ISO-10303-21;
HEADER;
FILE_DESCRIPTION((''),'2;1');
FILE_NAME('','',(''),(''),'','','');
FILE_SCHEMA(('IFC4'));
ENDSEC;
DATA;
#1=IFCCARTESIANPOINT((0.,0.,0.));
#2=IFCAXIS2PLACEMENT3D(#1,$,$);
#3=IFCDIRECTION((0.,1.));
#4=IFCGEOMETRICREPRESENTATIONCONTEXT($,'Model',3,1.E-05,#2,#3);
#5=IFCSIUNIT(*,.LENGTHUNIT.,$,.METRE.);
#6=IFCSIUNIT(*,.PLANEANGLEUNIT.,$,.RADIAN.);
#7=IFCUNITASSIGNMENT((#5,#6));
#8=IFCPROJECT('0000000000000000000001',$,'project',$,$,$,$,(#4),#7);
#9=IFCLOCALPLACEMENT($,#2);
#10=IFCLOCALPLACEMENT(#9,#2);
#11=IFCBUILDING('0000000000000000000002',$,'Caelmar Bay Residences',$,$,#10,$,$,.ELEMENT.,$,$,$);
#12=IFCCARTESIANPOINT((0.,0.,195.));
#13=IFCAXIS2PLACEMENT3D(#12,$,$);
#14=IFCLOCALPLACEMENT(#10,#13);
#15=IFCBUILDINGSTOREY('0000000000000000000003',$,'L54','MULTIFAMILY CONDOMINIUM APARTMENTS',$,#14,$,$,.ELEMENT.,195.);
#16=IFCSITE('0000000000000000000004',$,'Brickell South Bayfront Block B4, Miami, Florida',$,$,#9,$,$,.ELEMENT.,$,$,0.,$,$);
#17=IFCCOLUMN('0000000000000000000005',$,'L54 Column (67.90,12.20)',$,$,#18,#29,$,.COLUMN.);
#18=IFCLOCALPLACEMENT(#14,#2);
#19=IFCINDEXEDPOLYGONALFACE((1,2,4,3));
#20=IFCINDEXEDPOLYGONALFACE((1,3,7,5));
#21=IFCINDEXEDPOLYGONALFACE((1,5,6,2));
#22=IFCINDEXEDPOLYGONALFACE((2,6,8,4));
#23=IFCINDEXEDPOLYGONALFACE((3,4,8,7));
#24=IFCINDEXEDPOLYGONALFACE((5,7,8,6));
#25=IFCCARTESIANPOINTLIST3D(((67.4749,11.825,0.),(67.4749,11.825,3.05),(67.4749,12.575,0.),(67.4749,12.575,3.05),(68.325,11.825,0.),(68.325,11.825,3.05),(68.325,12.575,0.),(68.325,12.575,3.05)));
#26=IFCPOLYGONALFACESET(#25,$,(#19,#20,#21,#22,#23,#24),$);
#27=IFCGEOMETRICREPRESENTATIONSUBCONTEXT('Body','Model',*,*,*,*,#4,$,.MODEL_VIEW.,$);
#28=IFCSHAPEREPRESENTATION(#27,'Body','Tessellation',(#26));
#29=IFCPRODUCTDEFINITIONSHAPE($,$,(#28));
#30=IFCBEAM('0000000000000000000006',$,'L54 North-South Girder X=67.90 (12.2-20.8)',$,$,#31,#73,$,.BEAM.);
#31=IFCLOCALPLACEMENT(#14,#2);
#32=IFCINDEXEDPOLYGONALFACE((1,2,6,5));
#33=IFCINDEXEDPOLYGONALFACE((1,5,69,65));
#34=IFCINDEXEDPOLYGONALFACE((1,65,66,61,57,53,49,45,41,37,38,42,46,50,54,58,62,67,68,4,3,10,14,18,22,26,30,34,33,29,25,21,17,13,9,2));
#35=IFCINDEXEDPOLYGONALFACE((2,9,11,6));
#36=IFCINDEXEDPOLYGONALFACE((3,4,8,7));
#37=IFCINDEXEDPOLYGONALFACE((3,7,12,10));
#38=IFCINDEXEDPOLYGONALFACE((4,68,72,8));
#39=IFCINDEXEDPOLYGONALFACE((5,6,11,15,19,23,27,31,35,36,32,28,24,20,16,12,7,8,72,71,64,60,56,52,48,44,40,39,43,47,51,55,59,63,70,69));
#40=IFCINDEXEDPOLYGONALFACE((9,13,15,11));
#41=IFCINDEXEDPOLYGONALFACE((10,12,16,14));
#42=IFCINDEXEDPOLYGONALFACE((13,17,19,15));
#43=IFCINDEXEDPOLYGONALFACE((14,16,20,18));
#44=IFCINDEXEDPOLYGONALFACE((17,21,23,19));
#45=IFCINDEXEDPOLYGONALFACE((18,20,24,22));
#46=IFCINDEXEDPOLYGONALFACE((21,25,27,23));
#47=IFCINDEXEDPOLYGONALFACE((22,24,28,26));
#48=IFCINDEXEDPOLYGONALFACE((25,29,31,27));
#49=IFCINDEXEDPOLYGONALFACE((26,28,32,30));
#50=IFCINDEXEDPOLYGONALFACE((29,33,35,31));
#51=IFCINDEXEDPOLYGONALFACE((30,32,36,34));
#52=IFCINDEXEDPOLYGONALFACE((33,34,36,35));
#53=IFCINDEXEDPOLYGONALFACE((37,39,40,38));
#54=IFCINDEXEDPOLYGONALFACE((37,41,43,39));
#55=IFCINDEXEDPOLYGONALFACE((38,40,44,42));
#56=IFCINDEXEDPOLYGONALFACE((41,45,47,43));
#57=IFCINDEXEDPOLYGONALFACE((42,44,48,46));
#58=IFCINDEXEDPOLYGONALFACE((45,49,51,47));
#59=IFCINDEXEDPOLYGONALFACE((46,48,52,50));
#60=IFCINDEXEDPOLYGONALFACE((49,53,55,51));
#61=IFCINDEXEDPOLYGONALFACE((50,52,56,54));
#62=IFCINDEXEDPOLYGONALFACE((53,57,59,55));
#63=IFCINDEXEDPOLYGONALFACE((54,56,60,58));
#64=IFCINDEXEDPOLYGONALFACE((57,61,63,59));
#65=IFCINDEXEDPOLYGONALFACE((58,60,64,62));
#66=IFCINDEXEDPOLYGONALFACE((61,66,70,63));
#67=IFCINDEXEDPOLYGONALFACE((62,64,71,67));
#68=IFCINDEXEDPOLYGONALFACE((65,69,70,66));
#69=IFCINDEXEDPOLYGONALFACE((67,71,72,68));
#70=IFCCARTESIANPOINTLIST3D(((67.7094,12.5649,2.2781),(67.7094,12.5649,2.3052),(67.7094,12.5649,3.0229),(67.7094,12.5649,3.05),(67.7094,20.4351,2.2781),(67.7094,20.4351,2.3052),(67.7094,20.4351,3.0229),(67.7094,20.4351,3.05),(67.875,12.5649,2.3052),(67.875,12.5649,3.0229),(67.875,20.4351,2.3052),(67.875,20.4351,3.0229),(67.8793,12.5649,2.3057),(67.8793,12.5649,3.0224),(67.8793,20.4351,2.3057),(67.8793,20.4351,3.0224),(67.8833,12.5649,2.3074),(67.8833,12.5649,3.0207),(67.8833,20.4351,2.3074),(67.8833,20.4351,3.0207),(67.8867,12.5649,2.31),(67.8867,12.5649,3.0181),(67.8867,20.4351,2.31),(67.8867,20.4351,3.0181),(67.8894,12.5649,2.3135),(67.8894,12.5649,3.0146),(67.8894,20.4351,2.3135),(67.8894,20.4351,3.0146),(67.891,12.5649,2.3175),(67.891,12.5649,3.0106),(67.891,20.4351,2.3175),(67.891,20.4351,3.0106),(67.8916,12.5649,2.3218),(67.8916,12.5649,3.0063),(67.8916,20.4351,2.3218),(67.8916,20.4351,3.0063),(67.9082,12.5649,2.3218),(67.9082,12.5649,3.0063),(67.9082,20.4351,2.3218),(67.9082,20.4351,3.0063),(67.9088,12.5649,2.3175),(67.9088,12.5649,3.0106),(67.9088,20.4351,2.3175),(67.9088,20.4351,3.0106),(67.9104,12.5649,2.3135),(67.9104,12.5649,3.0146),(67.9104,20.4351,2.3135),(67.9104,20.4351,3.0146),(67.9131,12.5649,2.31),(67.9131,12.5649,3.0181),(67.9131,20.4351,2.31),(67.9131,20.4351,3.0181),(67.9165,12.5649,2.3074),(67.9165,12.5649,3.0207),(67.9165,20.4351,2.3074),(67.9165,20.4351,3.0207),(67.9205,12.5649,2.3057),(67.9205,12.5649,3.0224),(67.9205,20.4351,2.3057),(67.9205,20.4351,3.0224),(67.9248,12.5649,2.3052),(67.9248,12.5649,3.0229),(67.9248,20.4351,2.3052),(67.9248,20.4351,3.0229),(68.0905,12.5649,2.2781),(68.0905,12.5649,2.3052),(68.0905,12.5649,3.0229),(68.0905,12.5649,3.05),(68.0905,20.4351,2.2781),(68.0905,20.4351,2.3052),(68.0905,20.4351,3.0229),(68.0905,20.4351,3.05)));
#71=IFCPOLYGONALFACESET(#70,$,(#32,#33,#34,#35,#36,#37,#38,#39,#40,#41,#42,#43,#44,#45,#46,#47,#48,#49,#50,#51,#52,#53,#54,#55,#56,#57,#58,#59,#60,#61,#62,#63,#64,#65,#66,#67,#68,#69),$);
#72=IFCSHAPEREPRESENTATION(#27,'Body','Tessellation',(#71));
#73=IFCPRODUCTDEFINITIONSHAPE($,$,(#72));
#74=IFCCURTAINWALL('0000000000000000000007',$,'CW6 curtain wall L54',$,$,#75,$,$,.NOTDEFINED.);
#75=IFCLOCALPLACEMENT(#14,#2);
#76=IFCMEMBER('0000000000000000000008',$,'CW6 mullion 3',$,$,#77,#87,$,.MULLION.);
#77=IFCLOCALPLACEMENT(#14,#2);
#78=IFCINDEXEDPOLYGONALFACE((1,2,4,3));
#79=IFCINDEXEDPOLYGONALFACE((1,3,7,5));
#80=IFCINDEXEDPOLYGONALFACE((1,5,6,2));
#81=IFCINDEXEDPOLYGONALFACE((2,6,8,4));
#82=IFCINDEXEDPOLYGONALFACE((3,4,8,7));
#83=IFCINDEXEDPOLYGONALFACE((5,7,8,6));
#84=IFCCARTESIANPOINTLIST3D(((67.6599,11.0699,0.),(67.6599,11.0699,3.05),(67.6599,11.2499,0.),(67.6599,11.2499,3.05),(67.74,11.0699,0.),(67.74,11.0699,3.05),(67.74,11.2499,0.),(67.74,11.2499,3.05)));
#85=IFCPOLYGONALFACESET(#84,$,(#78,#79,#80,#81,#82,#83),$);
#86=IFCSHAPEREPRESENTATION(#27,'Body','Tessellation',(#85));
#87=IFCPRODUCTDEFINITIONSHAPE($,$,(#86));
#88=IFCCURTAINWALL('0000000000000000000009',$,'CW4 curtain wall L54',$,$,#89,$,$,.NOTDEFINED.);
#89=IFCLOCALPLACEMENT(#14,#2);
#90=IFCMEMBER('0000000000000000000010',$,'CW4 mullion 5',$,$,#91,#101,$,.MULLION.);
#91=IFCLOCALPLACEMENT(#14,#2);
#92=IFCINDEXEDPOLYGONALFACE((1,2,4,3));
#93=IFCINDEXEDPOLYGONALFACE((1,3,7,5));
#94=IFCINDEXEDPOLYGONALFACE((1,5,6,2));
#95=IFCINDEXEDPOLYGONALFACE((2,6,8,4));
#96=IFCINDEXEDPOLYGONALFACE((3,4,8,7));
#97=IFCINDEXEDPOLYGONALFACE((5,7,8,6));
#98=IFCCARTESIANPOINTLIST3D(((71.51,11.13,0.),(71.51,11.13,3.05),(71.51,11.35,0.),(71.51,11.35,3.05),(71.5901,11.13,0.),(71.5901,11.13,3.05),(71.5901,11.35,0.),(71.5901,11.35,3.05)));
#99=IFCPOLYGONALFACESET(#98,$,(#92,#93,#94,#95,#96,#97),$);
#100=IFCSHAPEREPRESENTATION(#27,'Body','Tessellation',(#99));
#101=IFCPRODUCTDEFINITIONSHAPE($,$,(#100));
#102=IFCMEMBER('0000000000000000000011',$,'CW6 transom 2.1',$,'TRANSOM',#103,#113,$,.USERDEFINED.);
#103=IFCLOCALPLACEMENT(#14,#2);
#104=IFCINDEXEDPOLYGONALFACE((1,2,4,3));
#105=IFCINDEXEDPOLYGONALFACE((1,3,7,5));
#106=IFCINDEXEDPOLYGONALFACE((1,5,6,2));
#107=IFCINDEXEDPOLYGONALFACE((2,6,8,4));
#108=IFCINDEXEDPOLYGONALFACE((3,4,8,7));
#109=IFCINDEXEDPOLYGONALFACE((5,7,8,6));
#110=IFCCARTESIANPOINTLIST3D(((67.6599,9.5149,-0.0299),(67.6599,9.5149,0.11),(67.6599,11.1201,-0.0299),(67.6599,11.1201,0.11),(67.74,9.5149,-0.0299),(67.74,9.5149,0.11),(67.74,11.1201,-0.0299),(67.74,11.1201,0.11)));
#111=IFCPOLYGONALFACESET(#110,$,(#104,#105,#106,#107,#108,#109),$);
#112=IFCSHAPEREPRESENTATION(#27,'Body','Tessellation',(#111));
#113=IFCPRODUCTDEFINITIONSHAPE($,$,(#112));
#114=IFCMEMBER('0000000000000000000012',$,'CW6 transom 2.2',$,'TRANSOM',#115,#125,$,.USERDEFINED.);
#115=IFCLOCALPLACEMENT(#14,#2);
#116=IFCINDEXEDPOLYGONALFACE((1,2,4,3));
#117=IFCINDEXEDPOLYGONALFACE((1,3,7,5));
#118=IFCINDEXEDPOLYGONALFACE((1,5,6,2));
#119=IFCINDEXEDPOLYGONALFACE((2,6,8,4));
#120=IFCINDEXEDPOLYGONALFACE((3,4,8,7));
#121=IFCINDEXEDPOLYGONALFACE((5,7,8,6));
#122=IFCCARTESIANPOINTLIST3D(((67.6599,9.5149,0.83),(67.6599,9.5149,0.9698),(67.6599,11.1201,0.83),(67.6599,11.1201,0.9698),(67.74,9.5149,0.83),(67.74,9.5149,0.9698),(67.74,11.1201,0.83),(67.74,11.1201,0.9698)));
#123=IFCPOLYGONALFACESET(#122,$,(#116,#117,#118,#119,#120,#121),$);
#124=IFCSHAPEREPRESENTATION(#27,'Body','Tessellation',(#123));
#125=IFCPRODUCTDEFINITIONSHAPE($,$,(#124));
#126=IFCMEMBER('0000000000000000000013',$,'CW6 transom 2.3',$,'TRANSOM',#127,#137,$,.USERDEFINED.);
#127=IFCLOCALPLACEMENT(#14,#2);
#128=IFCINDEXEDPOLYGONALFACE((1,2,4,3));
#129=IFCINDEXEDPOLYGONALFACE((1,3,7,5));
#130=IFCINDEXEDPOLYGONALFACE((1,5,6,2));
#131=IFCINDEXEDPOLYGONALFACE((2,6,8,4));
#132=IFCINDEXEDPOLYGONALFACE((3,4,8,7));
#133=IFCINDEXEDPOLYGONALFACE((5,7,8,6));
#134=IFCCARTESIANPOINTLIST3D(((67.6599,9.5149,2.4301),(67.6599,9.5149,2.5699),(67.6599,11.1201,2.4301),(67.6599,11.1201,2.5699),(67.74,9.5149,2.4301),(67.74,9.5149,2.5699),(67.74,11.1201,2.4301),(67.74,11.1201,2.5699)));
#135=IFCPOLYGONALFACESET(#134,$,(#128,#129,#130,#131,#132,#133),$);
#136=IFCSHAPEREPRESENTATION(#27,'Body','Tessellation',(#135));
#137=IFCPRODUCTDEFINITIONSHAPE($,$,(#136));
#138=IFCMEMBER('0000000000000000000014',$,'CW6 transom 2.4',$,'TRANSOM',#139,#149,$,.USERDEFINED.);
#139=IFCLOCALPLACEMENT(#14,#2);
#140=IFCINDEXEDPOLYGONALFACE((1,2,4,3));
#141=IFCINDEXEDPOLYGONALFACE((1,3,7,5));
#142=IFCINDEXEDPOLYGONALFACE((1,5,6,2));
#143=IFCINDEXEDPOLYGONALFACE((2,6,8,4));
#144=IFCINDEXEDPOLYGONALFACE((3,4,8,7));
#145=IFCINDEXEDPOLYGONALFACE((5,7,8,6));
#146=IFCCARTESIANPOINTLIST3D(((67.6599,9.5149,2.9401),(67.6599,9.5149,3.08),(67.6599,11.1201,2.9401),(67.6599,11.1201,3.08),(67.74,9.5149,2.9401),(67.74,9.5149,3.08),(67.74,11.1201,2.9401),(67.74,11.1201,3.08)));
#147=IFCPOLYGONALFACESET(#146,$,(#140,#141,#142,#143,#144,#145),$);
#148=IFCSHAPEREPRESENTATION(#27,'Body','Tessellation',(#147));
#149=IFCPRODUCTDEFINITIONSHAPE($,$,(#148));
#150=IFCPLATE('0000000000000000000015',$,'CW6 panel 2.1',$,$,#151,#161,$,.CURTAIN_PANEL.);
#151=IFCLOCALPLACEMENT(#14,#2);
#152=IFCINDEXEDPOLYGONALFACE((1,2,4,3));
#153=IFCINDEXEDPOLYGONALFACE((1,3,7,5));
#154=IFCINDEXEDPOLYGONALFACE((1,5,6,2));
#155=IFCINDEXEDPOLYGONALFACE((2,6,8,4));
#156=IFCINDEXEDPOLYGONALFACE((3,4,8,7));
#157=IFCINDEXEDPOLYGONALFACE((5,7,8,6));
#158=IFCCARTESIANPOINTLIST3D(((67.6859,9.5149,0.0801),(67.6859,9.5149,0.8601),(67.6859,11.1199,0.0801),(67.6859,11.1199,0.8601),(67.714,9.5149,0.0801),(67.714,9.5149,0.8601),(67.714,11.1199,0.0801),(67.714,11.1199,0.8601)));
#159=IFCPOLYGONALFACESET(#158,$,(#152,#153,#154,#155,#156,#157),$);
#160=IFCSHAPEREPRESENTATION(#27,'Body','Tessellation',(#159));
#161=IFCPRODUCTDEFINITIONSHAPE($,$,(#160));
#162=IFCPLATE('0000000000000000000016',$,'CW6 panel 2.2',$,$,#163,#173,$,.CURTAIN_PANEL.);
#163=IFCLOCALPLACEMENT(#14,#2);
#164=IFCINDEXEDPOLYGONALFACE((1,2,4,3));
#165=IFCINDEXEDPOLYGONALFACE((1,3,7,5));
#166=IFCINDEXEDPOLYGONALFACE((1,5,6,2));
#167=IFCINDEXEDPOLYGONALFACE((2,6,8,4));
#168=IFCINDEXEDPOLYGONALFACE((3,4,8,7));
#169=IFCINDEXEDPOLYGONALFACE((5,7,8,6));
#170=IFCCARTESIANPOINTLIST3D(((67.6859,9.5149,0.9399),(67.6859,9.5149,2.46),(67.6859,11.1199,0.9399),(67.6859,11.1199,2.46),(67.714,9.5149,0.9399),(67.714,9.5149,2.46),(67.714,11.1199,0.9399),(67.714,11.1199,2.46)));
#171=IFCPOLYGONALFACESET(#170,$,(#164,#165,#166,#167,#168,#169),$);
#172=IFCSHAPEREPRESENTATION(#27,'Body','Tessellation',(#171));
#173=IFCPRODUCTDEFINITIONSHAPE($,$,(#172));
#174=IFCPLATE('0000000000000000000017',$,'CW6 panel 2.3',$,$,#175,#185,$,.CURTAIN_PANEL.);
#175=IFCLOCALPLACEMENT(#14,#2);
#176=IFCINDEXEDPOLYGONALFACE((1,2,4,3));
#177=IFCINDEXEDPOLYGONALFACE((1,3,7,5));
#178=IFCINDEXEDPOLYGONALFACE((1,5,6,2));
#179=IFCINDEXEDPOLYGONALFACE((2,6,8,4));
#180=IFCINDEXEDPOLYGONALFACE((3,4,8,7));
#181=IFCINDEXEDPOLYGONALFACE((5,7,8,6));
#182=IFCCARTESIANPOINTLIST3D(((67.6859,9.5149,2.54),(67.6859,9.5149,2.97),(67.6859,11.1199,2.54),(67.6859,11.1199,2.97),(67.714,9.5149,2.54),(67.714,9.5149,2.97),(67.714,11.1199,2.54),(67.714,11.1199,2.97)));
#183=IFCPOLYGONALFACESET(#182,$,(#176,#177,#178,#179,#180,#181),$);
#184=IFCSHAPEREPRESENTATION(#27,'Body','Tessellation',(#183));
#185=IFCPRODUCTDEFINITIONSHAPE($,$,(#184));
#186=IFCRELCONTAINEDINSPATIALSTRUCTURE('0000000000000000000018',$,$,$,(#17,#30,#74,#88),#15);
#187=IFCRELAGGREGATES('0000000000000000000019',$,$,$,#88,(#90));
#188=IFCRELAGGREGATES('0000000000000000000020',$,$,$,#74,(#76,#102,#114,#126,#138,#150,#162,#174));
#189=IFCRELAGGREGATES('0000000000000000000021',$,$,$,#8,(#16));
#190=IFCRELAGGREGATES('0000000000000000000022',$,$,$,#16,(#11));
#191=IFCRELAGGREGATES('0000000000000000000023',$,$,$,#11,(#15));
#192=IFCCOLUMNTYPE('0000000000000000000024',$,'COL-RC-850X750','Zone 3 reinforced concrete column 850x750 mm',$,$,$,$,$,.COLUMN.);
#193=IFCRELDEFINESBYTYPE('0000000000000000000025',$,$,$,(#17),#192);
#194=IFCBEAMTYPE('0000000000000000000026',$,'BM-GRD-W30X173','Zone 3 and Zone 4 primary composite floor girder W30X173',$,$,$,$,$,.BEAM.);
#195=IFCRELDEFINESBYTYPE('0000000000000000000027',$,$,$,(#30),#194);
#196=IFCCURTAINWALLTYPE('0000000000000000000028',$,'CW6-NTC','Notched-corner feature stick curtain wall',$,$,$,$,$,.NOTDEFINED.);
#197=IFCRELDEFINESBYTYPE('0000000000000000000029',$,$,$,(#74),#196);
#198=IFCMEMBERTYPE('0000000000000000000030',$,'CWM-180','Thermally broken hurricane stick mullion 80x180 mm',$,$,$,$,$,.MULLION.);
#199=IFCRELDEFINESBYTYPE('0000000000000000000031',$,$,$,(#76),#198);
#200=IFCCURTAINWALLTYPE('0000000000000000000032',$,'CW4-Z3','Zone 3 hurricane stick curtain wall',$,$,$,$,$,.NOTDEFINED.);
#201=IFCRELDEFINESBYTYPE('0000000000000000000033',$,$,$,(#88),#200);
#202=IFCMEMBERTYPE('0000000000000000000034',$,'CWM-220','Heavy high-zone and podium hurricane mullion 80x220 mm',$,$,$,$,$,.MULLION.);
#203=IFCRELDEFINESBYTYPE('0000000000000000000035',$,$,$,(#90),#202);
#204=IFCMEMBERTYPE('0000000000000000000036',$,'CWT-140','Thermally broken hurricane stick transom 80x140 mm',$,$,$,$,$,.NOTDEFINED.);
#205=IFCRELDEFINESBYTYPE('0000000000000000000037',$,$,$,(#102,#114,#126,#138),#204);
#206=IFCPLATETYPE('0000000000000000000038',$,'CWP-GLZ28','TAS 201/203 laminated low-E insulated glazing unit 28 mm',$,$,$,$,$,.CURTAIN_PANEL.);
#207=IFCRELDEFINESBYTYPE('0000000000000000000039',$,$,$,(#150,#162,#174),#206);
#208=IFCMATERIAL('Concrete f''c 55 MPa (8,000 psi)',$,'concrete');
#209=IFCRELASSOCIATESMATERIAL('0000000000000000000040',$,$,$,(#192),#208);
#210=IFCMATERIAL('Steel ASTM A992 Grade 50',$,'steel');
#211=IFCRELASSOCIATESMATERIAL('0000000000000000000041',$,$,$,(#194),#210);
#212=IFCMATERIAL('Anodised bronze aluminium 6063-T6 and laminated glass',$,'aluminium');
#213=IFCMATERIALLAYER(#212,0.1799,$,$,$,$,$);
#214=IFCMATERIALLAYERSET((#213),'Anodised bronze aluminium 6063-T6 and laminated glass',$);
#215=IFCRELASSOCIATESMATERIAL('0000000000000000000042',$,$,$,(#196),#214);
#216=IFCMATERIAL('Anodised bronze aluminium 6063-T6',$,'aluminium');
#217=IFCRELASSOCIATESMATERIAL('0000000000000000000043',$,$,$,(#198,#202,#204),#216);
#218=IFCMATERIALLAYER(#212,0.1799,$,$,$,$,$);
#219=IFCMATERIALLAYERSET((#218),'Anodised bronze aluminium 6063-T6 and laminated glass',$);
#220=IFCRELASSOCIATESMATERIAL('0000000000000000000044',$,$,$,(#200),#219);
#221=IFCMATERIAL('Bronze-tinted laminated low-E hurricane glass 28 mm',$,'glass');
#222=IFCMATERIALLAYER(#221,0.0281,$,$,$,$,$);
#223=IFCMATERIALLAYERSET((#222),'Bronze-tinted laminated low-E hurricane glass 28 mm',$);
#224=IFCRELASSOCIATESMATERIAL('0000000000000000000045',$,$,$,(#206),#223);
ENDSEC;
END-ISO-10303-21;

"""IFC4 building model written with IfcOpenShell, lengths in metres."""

from ifc_helpers import new_model, si_unit, direction, frame, origin, origin_2d, place, context, subcontext, project, spatial, rectangle, i_section, extrude, material, layer, layer_set, material_profile, profile_set, type_object, element, aggregate, save


model = new_model("IFC4")

# Units and contexts
model_context = context("Model", 3, precision=1e-05, world=origin(), true_north=direction((0.0, 1.0)))
body_context = subcontext(model_context, "Body", "Model", "MODEL_VIEW")
ifc_project = project(units=[si_unit("LENGTHUNIT", "METRE"), si_unit("PLANEANGLEUNIT", "RADIAN")], contexts=[model_context])

# Site, building, storey
site_placement = place(None, origin())
site = spatial("IfcSite", under=ifc_project, at=site_placement, Name="Brickell South Bayfront Block B4, Miami, Florida", CompositionType="ELEMENT", RefElevation=0.0)
building_placement = place(site_placement, origin())
building = spatial("IfcBuilding", under=site, at=building_placement, Name="Caelmar Bay Residences", CompositionType="ELEMENT")
storey_placement = place(building_placement, frame((0.0, 0.0, 195.0)))
storey = spatial("IfcBuildingStorey", under=building, at=storey_placement, Name="L54", Description="MULTIFAMILY CONDOMINIUM APARTMENTS", CompositionType="ELEMENT", Elevation=195.0)

# Column
ifc_material_1 = material(Name="Concrete f'c 55 MPa (8,000 psi)", Category="concrete")
ifc_material_profile_1 = material_profile(ifc_material_1, rectangle(XDim=0.8501, YDim=0.75, at=origin_2d()), Name="RC-COL-850X750")
ifc_profile_set_1 = profile_set([ifc_material_profile_1], Name="Concrete f'c 55 MPa (8,000 psi)")
column_type = type_object("IfcColumnType", Name="COL-RC-850X750", Description="Zone 3 reinforced concrete column 850x750 mm", PredefinedType="COLUMN", material=ifc_profile_set_1)
column_placement = place(storey_placement, frame((67.8999, 12.2, 0.0), z_axis=(0.0, 0.0, 1.0), x_axis=(1.0, 0.0, 0.0)))
element("IfcColumn", 1, at=column_placement, inside=storey, type_object=column_type, Name="L54 Column (67.90,12.20)", PredefinedType="COLUMN", context=body_context, shape_type="SweptSolid", body=[
    extrude(rectangle(XDim=0.8501, YDim=0.75, at=origin_2d()), origin(), (0.0, 0.0, 1.0), 3.05),
])

# Beam
ifc_material_2 = material(Name="Steel ASTM A992 Grade 50", Category="steel")
ifc_material_profile_2 = material_profile(ifc_material_2, i_section(OverallWidth=0.3811, OverallDepth=0.772, WebThickness=0.0166, FlangeThickness=0.0271, FilletRadius=0.0166, at=origin_2d()), Name="W30X173")
ifc_profile_set_2 = profile_set([ifc_material_profile_2], Name="Steel ASTM A992 Grade 50")
beam_type = type_object("IfcBeamType", Name="BM-GRD-W30X173", Description="Zone 3 and Zone 4 primary composite floor girder W30X173", PredefinedType="BEAM", material=ifc_profile_set_2)
beam_placement = place(storey_placement, frame((67.8999, 12.5649, 2.6641), z_axis=(0.0, 1.0, 0.0), x_axis=(-1.0, 0.0, 0.0)))
element("IfcBeam", 2, at=beam_placement, inside=storey, type_object=beam_type, Name="L54 North-South Girder X=67.90 (12.2-20.8)", PredefinedType="BEAM", context=body_context, shape_type="SweptSolid", body=[
    extrude(i_section(OverallWidth=0.3811, OverallDepth=0.772, WebThickness=0.0166, FlangeThickness=0.0271, FilletRadius=0.0166, at=origin_2d()), origin(), (0.0, 0.0, 1.0), 7.8701),
])

# Curtain walls, members
ifc_material_3 = material(Name="Anodised bronze aluminium 6063-T6 and laminated glass", Category="aluminium")
ifc_layer_1 = layer(ifc_material_3, 0.1799)
ifc_layer_set_1 = layer_set([ifc_layer_1], Name="Anodised bronze aluminium 6063-T6 and laminated glass")
curtain_wall_type_1 = type_object("IfcCurtainWallType", Name="CW6-NTC", Description="Notched-corner feature stick curtain wall", PredefinedType="NOTDEFINED", material=ifc_layer_set_1)
curtain_wall_1_placement = place(storey_placement, origin())
curtain_wall_1 = element("IfcCurtainWall", 3, at=curtain_wall_1_placement, inside=storey, type_object=curtain_wall_type_1, Name="CW6 curtain wall L54", PredefinedType="NOTDEFINED")
ifc_material_4 = material(Name="Anodised bronze aluminium 6063-T6", Category="aluminium")
ifc_material_profile_3 = material_profile(ifc_material_4, rectangle(XDim=0.0801, YDim=0.1799, at=origin_2d()), Name="CWM-80X180")
ifc_profile_set_3 = profile_set([ifc_material_profile_3], Name="Anodised bronze aluminium 6063-T6")
member_type_1 = type_object("IfcMemberType", Name="CWM-180", Description="Thermally broken hurricane stick mullion 80x180 mm", PredefinedType="MULLION", material=ifc_profile_set_3)
member_1_placement = place(storey_placement, frame((67.7, 11.1599, 0.0), z_axis=(0.0, 0.0, 1.0), x_axis=(-1.0, 0.0, 0.0)))
member_1 = element("IfcMember", 4, at=member_1_placement, type_object=member_type_1, Name="CW6 mullion 3", PredefinedType="MULLION", context=body_context, shape_type="SweptSolid", body=[
    extrude(rectangle(XDim=0.0801, YDim=0.1799, at=origin_2d()), origin(), (0.0, 0.0, 1.0), 3.05),
])
ifc_layer_2 = layer(ifc_material_3, 0.1799)
ifc_layer_set_2 = layer_set([ifc_layer_2], Name="Anodised bronze aluminium 6063-T6 and laminated glass")
curtain_wall_type_2 = type_object("IfcCurtainWallType", Name="CW4-Z3", Description="Zone 3 hurricane stick curtain wall", PredefinedType="NOTDEFINED", material=ifc_layer_set_2)
curtain_wall_2_placement = place(storey_placement, origin())
curtain_wall_2 = element("IfcCurtainWall", 5, at=curtain_wall_2_placement, inside=storey, type_object=curtain_wall_type_2, Name="CW4 curtain wall L54", PredefinedType="NOTDEFINED")
ifc_material_profile_4 = material_profile(ifc_material_4, rectangle(XDim=0.0801, YDim=0.22, at=origin_2d()), Name="CWM-80X220")
ifc_profile_set_4 = profile_set([ifc_material_profile_4], Name="Anodised bronze aluminium 6063-T6")
member_type_2 = type_object("IfcMemberType", Name="CWM-220", Description="Heavy high-zone and podium hurricane mullion 80x220 mm", PredefinedType="MULLION", material=ifc_profile_set_4)
member_2_placement = place(storey_placement, frame((71.55, 11.24, 0.0), z_axis=(0.0, 0.0, 1.0), x_axis=(1.0, 0.0, 0.0)))
member_2 = element("IfcMember", 6, at=member_2_placement, type_object=member_type_2, Name="CW4 mullion 5", PredefinedType="MULLION", context=body_context, shape_type="SweptSolid", body=[
    extrude(rectangle(XDim=0.0801, YDim=0.22, at=origin_2d()), origin(), (0.0, 0.0, 1.0), 3.05),
])
aggregate(curtain_wall_2, [member_2])

# Members
ifc_material_profile_5 = material_profile(ifc_material_4, rectangle(XDim=0.0801, YDim=0.1399, at=origin_2d()), Name="CWT-80X140")
ifc_profile_set_5 = profile_set([ifc_material_profile_5], Name="Anodised bronze aluminium 6063-T6")
member_type_3 = type_object("IfcMemberType", Name="CWT-140", Description="Thermally broken hurricane stick transom 80x140 mm", PredefinedType="NOTDEFINED", material=ifc_profile_set_5)
member_3_placement = place(storey_placement, frame((67.7, 9.5149, 0.04), z_axis=(0.0, 1.0, 0.0), x_axis=(-1.0, 0.0, 0.0)))
member_3 = element("IfcMember", 7, at=member_3_placement, type_object=member_type_3, Name="CW6 transom 2.1", ObjectType="TRANSOM", PredefinedType="USERDEFINED", context=body_context, shape_type="SweptSolid", body=[
    extrude(rectangle(XDim=0.0801, YDim=0.1399, at=origin_2d()), origin(), (0.0, 0.0, 1.0), 1.6052),
])
member_4_placement = place(storey_placement, frame((67.7, 9.5149, 0.8999), z_axis=(0.0, 1.0, 0.0), x_axis=(-1.0, 0.0, 0.0)))
member_4 = element("IfcMember", 8, at=member_4_placement, type_object=member_type_3, Name="CW6 transom 2.2", ObjectType="TRANSOM", PredefinedType="USERDEFINED", context=body_context, shape_type="SweptSolid", body=[
    extrude(rectangle(XDim=0.0801, YDim=0.1399, at=origin_2d()), origin(), (0.0, 0.0, 1.0), 1.6052),
])
member_5_placement = place(storey_placement, frame((67.7, 9.5149, 2.5), z_axis=(0.0, 1.0, 0.0), x_axis=(-1.0, 0.0, 0.0)))
member_5 = element("IfcMember", 9, at=member_5_placement, type_object=member_type_3, Name="CW6 transom 2.3", ObjectType="TRANSOM", PredefinedType="USERDEFINED", context=body_context, shape_type="SweptSolid", body=[
    extrude(rectangle(XDim=0.0801, YDim=0.1399, at=origin_2d()), origin(), (0.0, 0.0, 1.0), 1.6052),
])
member_6_placement = place(storey_placement, frame((67.7, 9.5149, 3.01), z_axis=(0.0, 1.0, 0.0), x_axis=(-1.0, 0.0, 0.0)))
member_6 = element("IfcMember", 10, at=member_6_placement, type_object=member_type_3, Name="CW6 transom 2.4", ObjectType="TRANSOM", PredefinedType="USERDEFINED", context=body_context, shape_type="SweptSolid", body=[
    extrude(rectangle(XDim=0.0801, YDim=0.1399, at=origin_2d()), origin(), (0.0, 0.0, 1.0), 1.6052),
])

# Plates
ifc_material_5 = material(Name="Bronze-tinted laminated low-E hurricane glass 28 mm", Category="glass")
ifc_layer_3 = layer(ifc_material_5, 0.0281)
ifc_layer_set_3 = layer_set([ifc_layer_3], Name="Bronze-tinted laminated low-E hurricane glass 28 mm")
plate_type = type_object("IfcPlateType", Name="CWP-GLZ28", Description="TAS 201/203 laminated low-E insulated glazing unit 28 mm", PredefinedType="CURTAIN_PANEL", material=ifc_layer_set_3)
plate_1_placement = place(storey_placement, frame((67.7, 10.3174, 0.0801), z_axis=(0.0, 0.0, 1.0), x_axis=(0.0, 1.0, 0.0)))
plate_1 = element("IfcPlate", 11, at=plate_1_placement, type_object=plate_type, Name="CW6 panel 2.1", PredefinedType="CURTAIN_PANEL", context=body_context, shape_type="SweptSolid", body=[
    extrude(rectangle(XDim=1.605, YDim=0.0281, at=origin_2d()), origin(), (0.0, 0.0, 1.0), 0.78),
])
plate_2_placement = place(storey_placement, frame((67.7, 10.3174, 0.9399), z_axis=(0.0, 0.0, 1.0), x_axis=(0.0, 1.0, 0.0)))
plate_2 = element("IfcPlate", 12, at=plate_2_placement, type_object=plate_type, Name="CW6 panel 2.2", PredefinedType="CURTAIN_PANEL", context=body_context, shape_type="SweptSolid", body=[
    extrude(rectangle(XDim=1.605, YDim=0.0281, at=origin_2d()), origin(), (0.0, 0.0, 1.0), 1.52),
])
plate_3_placement = place(storey_placement, frame((67.7, 10.3174, 2.54), z_axis=(0.0, 0.0, 1.0), x_axis=(0.0, 1.0, 0.0)))
plate_3 = element("IfcPlate", 13, at=plate_3_placement, type_object=plate_type, Name="CW6 panel 2.3", PredefinedType="CURTAIN_PANEL", context=body_context, shape_type="SweptSolid", body=[
    extrude(rectangle(XDim=1.605, YDim=0.0281, at=origin_2d()), origin(), (0.0, 0.0, 1.0), 0.4299),
])
aggregate(curtain_wall_1, [member_1, member_3, member_4, member_5, member_6, plate_1, plate_2, plate_3])

save(model, "model.ifc")
